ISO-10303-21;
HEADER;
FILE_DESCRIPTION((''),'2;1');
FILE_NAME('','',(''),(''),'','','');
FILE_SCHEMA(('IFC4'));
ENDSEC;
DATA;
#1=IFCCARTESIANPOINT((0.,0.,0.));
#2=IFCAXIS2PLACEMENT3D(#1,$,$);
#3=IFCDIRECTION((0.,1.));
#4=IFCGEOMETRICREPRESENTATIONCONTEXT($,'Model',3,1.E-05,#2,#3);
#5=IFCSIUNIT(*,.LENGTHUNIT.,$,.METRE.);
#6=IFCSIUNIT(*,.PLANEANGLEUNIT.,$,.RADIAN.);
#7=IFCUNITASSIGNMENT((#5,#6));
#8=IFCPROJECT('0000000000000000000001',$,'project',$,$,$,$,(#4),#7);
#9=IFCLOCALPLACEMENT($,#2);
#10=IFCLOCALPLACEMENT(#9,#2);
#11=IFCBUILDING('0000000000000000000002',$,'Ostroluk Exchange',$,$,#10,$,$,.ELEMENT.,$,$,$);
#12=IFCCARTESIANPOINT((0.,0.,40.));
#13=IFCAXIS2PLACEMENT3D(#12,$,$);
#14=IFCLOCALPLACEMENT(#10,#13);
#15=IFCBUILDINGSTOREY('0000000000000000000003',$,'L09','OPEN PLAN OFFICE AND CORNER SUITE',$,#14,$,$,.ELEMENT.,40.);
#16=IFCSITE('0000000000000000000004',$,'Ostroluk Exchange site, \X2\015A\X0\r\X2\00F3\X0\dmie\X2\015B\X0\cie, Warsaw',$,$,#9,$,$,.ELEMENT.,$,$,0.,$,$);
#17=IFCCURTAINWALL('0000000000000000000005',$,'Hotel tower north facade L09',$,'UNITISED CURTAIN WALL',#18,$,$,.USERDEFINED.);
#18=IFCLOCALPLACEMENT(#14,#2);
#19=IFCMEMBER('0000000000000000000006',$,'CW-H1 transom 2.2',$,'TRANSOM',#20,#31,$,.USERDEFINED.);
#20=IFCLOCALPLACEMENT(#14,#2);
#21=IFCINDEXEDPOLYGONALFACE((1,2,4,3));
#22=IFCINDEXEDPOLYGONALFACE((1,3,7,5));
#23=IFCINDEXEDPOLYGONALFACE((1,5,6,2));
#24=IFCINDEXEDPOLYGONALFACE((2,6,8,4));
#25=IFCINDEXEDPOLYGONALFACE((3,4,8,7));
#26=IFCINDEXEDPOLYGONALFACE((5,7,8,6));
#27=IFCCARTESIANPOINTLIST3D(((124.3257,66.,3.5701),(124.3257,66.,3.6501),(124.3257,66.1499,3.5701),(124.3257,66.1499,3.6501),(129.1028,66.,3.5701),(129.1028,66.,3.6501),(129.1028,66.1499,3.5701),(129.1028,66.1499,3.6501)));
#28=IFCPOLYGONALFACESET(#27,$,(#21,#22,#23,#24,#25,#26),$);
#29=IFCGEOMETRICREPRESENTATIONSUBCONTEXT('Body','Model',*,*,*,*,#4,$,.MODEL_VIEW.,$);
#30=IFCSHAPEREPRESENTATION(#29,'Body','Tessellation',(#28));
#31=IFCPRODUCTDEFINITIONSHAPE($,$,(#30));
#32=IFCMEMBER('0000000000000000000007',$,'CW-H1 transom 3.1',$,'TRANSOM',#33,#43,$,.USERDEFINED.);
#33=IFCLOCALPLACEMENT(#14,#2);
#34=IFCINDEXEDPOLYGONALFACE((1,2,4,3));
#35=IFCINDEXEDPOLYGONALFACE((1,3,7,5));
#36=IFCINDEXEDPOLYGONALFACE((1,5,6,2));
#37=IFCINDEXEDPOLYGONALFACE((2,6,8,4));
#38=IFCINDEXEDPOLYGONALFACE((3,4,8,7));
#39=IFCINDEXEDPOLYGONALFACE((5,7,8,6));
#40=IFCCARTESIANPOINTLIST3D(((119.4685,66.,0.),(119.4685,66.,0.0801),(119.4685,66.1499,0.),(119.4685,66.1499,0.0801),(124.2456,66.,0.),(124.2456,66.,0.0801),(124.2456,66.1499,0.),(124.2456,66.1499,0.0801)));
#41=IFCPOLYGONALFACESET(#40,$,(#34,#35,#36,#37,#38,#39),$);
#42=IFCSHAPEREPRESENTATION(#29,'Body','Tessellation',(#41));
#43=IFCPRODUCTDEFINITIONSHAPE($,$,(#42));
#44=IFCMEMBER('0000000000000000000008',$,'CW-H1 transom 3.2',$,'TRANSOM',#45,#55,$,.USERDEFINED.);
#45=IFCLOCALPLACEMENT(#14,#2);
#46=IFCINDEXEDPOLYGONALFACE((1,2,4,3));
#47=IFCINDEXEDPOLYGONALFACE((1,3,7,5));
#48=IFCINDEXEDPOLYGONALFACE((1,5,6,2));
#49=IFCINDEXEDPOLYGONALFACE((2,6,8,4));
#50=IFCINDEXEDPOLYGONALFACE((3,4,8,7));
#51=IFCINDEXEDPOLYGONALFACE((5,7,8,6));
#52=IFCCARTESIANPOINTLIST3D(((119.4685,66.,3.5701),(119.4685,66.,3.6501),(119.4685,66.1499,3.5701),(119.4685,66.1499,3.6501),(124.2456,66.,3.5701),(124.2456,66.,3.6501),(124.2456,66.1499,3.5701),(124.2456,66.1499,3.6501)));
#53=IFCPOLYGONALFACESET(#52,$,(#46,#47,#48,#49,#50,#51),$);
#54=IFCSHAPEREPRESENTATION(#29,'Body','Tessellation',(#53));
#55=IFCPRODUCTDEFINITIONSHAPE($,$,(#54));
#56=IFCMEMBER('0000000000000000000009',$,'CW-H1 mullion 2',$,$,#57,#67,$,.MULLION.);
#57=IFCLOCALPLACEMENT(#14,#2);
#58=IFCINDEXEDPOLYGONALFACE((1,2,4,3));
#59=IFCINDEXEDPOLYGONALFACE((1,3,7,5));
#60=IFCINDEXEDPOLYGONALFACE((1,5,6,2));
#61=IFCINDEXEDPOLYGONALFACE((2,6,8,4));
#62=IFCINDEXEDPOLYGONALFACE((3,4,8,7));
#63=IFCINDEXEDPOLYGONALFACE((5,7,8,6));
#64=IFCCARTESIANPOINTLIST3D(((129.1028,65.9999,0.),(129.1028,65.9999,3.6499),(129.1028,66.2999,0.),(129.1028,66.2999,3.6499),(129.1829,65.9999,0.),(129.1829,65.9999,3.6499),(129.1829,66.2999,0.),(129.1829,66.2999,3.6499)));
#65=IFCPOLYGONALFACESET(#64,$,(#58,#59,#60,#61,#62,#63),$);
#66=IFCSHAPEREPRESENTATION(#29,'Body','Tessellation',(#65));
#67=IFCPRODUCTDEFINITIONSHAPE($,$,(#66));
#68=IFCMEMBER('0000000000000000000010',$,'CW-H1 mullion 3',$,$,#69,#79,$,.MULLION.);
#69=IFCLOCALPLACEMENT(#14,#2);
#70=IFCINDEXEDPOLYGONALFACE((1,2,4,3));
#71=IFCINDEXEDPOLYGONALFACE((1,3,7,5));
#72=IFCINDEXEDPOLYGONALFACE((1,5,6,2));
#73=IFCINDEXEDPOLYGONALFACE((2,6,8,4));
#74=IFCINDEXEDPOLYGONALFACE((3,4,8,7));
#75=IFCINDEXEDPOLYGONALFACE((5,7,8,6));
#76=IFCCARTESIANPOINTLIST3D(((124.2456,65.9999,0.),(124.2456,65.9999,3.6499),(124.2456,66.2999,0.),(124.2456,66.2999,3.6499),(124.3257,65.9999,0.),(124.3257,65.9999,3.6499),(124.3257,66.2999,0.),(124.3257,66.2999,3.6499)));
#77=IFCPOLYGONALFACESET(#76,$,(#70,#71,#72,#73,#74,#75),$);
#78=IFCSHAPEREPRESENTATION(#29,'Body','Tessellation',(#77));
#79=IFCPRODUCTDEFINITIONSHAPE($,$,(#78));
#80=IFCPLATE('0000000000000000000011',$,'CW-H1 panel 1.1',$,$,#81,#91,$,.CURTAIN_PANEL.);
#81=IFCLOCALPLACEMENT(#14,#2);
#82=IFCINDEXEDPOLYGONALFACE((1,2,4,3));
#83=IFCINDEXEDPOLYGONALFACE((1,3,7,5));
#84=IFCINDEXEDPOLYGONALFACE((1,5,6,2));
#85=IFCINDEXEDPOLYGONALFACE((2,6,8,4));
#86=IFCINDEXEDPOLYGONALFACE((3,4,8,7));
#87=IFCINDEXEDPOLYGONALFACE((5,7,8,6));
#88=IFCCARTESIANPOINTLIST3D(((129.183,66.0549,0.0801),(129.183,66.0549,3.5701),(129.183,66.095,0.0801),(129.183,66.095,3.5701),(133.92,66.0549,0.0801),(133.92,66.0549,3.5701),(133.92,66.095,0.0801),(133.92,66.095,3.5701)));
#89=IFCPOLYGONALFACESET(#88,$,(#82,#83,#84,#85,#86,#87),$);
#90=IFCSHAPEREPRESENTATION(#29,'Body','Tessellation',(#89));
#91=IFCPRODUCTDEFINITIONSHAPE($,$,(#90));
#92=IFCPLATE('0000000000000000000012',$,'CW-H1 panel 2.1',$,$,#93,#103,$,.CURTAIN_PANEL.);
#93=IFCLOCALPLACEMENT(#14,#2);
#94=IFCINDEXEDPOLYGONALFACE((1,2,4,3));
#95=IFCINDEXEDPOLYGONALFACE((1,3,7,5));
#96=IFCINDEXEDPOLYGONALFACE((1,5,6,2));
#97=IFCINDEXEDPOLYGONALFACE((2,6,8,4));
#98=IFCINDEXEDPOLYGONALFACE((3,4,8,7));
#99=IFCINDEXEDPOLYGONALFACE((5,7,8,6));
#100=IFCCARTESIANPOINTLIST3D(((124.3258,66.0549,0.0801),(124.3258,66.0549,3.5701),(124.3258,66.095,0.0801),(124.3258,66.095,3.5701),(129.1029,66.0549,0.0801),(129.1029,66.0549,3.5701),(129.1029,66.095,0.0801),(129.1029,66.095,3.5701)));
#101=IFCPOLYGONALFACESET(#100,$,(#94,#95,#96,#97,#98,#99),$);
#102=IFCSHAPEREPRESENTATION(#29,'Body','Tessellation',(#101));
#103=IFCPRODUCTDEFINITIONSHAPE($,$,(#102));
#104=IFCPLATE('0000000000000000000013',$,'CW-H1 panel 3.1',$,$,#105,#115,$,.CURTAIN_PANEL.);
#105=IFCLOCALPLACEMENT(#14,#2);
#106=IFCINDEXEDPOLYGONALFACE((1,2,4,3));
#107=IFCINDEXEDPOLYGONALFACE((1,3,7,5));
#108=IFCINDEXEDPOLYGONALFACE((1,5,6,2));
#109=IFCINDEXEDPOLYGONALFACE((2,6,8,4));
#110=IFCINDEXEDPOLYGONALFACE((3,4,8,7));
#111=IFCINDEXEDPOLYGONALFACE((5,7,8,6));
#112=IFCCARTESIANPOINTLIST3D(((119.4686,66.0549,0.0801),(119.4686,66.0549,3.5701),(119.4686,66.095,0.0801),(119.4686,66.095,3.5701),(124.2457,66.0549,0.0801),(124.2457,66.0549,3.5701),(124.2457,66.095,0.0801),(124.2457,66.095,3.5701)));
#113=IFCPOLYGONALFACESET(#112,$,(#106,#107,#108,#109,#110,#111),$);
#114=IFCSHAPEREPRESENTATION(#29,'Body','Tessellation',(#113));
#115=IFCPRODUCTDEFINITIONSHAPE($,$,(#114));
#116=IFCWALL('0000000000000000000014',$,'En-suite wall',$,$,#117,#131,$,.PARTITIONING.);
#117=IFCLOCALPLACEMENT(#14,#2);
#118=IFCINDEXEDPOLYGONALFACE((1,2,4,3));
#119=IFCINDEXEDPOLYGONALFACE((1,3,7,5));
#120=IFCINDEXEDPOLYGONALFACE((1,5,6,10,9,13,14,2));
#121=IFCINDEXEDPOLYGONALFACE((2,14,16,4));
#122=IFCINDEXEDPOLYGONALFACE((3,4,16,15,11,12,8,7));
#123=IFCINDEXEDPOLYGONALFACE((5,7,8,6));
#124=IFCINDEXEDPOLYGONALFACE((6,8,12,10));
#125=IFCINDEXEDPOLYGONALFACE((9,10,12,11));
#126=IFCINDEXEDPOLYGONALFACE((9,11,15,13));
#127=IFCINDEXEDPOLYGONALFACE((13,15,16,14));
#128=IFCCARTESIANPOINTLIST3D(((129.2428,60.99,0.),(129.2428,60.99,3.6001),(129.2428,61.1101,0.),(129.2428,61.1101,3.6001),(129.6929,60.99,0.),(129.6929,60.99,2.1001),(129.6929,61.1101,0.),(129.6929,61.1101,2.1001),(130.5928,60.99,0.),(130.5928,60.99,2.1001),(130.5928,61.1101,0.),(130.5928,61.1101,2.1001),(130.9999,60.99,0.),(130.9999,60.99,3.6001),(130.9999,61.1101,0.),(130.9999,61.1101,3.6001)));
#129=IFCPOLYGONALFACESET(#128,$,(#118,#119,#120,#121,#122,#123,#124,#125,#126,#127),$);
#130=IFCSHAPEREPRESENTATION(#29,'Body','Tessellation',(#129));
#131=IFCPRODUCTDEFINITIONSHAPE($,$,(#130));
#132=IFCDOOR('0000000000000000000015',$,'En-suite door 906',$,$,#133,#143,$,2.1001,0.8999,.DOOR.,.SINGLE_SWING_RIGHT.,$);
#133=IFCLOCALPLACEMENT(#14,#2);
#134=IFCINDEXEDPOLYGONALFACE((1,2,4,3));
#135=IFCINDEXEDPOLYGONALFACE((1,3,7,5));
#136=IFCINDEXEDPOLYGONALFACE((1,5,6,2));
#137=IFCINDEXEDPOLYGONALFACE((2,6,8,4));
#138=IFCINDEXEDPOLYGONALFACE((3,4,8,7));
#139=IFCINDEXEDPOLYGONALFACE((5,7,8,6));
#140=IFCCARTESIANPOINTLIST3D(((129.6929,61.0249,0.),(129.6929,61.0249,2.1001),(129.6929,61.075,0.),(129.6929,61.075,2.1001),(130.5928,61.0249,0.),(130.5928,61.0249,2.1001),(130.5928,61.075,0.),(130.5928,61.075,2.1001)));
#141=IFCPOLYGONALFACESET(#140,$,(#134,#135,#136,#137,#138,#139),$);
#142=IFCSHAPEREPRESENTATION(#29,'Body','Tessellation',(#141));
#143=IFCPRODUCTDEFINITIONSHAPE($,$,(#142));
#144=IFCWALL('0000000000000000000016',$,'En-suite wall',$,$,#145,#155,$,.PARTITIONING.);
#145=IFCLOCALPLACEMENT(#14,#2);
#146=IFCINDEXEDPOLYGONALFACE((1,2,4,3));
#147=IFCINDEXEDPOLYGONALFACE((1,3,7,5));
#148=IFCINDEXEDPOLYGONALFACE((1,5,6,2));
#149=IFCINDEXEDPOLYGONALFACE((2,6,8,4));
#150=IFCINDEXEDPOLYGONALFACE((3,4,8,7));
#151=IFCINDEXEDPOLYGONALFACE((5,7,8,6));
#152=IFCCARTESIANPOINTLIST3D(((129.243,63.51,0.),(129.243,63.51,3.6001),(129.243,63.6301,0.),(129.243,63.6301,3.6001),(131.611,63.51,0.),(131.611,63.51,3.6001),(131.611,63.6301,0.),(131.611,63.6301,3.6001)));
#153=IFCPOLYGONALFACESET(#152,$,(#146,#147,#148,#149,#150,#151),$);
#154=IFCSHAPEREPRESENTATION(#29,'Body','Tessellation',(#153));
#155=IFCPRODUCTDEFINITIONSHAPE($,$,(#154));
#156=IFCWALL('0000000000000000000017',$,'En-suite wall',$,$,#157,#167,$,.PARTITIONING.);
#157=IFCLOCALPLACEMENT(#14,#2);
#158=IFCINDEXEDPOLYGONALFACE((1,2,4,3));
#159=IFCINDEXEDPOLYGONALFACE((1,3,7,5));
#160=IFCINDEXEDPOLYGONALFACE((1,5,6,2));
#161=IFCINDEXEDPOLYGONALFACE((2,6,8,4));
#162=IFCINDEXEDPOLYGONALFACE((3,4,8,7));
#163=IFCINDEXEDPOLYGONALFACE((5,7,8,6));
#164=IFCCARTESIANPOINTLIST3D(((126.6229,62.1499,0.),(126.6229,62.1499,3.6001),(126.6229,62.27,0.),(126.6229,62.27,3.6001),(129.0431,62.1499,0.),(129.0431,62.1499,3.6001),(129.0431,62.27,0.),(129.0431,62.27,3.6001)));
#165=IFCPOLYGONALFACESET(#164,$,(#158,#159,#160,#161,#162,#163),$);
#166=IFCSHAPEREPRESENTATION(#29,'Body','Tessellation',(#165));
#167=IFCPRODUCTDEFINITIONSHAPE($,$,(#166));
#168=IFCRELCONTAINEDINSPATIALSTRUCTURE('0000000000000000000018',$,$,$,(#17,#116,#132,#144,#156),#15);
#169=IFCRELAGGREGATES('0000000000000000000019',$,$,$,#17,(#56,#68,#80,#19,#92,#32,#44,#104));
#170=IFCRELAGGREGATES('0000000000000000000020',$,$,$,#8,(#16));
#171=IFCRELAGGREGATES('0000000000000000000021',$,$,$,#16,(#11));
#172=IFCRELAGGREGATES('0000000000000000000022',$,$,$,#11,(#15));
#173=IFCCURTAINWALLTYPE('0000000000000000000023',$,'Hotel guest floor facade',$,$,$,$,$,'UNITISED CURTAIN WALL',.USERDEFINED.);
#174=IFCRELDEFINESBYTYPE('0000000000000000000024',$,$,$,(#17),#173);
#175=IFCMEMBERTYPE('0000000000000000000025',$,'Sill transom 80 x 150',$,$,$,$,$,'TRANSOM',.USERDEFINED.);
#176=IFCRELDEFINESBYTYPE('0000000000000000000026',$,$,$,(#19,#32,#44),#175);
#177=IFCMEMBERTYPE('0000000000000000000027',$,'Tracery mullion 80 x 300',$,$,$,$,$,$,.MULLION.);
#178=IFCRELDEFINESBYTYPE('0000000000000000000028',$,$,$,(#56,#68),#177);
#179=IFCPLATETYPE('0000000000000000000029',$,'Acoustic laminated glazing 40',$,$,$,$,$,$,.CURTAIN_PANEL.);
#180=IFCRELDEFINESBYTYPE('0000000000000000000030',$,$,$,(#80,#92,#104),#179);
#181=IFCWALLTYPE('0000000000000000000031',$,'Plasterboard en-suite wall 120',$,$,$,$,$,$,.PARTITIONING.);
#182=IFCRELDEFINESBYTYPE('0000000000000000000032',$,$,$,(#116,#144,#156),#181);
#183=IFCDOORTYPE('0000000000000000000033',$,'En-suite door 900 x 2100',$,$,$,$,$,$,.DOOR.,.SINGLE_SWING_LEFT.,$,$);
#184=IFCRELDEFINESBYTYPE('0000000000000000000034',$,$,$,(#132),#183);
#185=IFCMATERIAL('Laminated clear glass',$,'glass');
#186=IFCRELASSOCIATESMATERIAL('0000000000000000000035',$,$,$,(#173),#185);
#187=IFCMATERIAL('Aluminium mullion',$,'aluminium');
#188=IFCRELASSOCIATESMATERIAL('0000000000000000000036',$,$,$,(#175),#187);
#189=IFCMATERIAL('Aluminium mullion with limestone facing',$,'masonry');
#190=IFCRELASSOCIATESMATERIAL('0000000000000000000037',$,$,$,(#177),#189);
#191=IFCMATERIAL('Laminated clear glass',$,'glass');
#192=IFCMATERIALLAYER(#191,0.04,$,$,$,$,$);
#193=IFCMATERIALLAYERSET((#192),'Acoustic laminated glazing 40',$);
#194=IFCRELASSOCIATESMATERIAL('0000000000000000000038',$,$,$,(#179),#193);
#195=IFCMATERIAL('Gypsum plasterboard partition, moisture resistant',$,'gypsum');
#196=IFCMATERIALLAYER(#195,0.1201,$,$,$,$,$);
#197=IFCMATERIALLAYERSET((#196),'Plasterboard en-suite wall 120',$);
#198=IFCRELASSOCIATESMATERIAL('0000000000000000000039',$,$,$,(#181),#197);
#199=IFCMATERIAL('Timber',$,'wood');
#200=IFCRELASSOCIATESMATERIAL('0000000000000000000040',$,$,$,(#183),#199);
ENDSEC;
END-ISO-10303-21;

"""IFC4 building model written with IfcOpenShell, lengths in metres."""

from ifc_helpers import new_model, si_unit, direction, frame, frame_2d, origin, origin_2d, place, context, subcontext, project, spatial, rectangle, extrude, material, layer, layer_set, material_profile, profile_set, type_object, element, fill, aggregate, save


model = new_model("IFC4")

# Units and contexts
model_context = context("Model", 3, precision=1e-05, world=origin(), true_north=direction((0.0, 1.0)))
body_context = subcontext(model_context, "Body", "Model", "MODEL_VIEW")
ifc_project = project(units=[si_unit("LENGTHUNIT", "METRE"), si_unit("PLANEANGLEUNIT", "RADIAN")], contexts=[model_context])

# Site, building, storey
site_placement = place(None, origin())
site = spatial("IfcSite", under=ifc_project, at=site_placement, Name="Ostroluk Exchange site, Śródmieście, Warsaw", CompositionType="ELEMENT", RefElevation=0.0)
building_placement = place(site_placement, origin())
building = spatial("IfcBuilding", under=site, at=building_placement, Name="Ostroluk Exchange", CompositionType="ELEMENT")
storey_placement = place(building_placement, frame((0.0, 0.0, 40.0)))
storey = spatial("IfcBuildingStorey", under=building, at=storey_placement, Name="L09", Description="OPEN PLAN OFFICE AND CORNER SUITE", CompositionType="ELEMENT", Elevation=40.0)

# Curtain wall, members, plates
ifc_material_1 = material(Name="Laminated clear glass", Category="glass")
curtain_wall_type = type_object("IfcCurtainWallType", Name="Hotel guest floor facade", ElementType="UNITISED CURTAIN WALL", PredefinedType="USERDEFINED", material=ifc_material_1)
curtain_wall_placement = place(storey_placement, origin())
curtain_wall = element("IfcCurtainWall", 1, at=curtain_wall_placement, inside=storey, type_object=curtain_wall_type, Name="Hotel tower north facade L09", ObjectType="UNITISED CURTAIN WALL", PredefinedType="USERDEFINED")
ifc_material_2 = material(Name="Aluminium mullion", Category="aluminium")
ifc_material_profile_1 = material_profile(ifc_material_2, rectangle(XDim=0.1499, YDim=0.0801, at=origin_2d()), Name="Sill transom 80 x 150")
ifc_profile_set_1 = profile_set([ifc_material_profile_1], Name="Aluminium mullion")
member_type_1 = type_object("IfcMemberType", Name="Sill transom 80 x 150", ElementType="TRANSOM", PredefinedType="USERDEFINED", material=ifc_profile_set_1)
member_1_placement = place(storey_placement, frame((129.1028, 66.075, 3.6101), z_axis=(-1.0, 0.0, 0.0), x_axis=(0.0, -1.0, 0.0)))
member_1 = element("IfcMember", 2, at=member_1_placement, type_object=member_type_1, Name="CW-H1 transom 2.2", ObjectType="TRANSOM", PredefinedType="USERDEFINED", context=body_context, shape_type="SweptSolid", body=[
    extrude(rectangle(XDim=0.1499, YDim=0.0801, at=origin_2d()), origin(), (0.0, 0.0, 1.0), 4.7771),
])
member_2_placement = place(storey_placement, frame((124.2456, 66.075, 0.04), z_axis=(-1.0, 0.0, 0.0), x_axis=(0.0, -1.0, 0.0)))
member_2 = element("IfcMember", 3, at=member_2_placement, type_object=member_type_1, Name="CW-H1 transom 3.1", ObjectType="TRANSOM", PredefinedType="USERDEFINED", context=body_context, shape_type="SweptSolid", body=[
    extrude(rectangle(XDim=0.1499, YDim=0.0801, at=origin_2d()), origin(), (0.0, 0.0, 1.0), 4.7771),
])
member_3_placement = place(storey_placement, frame((124.2456, 66.075, 3.6101), z_axis=(-1.0, 0.0, 0.0), x_axis=(0.0, -1.0, 0.0)))
member_3 = element("IfcMember", 4, at=member_3_placement, type_object=member_type_1, Name="CW-H1 transom 3.2", ObjectType="TRANSOM", PredefinedType="USERDEFINED", context=body_context, shape_type="SweptSolid", body=[
    extrude(rectangle(XDim=0.1499, YDim=0.0801, at=origin_2d()), origin(), (0.0, 0.0, 1.0), 4.7771),
])
ifc_material_3 = material(Name="Aluminium mullion with limestone facing", Category="masonry")
ifc_material_profile_2 = material_profile(ifc_material_3, rectangle(XDim=0.3, YDim=0.0801, at=origin_2d()), Name="Tracery mullion 80 x 300")
ifc_profile_set_2 = profile_set([ifc_material_profile_2], Name="Aluminium mullion with limestone facing")
member_type_2 = type_object("IfcMemberType", Name="Tracery mullion 80 x 300", PredefinedType="MULLION", material=ifc_profile_set_2)
member_4_placement = place(storey_placement, frame((129.1428, 66.1499, 0.0), z_axis=(0.0, 0.0, 1.0), x_axis=(0.0, -1.0, 0.0)))
member_4 = element("IfcMember", 5, at=member_4_placement, type_object=member_type_2, Name="CW-H1 mullion 2", PredefinedType="MULLION", context=body_context, shape_type="SweptSolid", body=[
    extrude(rectangle(XDim=0.3, YDim=0.0801, at=origin_2d()), origin(), (0.0, 0.0, 1.0), 3.6499),
])
member_5_placement = place(storey_placement, frame((124.2856, 66.1499, 0.0), z_axis=(0.0, 0.0, 1.0), x_axis=(0.0, -1.0, 0.0)))
member_5 = element("IfcMember", 6, at=member_5_placement, type_object=member_type_2, Name="CW-H1 mullion 3", PredefinedType="MULLION", context=body_context, shape_type="SweptSolid", body=[
    extrude(rectangle(XDim=0.3, YDim=0.0801, at=origin_2d()), origin(), (0.0, 0.0, 1.0), 3.6499),
])
ifc_material_4 = material(Name="Laminated clear glass", Category="glass")
ifc_layer_1 = layer(ifc_material_4, 0.04)
ifc_layer_set_1 = layer_set([ifc_layer_1], Name="Acoustic laminated glazing 40")
plate_type = type_object("IfcPlateType", Name="Acoustic laminated glazing 40", PredefinedType="CURTAIN_PANEL", material=ifc_layer_set_1)
plate_1_placement = place(storey_placement, frame((131.5515, 66.075, 0.0801), z_axis=(0.0, 0.0, 1.0), x_axis=(-1.0, 0.0, 0.0)))
plate_1 = element("IfcPlate", 7, at=plate_1_placement, type_object=plate_type, Name="CW-H1 panel 1.1", PredefinedType="CURTAIN_PANEL", context=body_context, shape_type="SweptSolid", body=[
    extrude(rectangle(XDim=4.7371, YDim=0.04, at=origin_2d()), origin(), (0.0, 0.0, 1.0), 3.49),
])
plate_2_placement = place(storey_placement, frame((126.7144, 66.075, 0.0801), z_axis=(0.0, 0.0, 1.0), x_axis=(-1.0, 0.0, 0.0)))
plate_2 = element("IfcPlate", 8, at=plate_2_placement, type_object=plate_type, Name="CW-H1 panel 2.1", PredefinedType="CURTAIN_PANEL", context=body_context, shape_type="SweptSolid", body=[
    extrude(rectangle(XDim=4.7771, YDim=0.04, at=origin_2d()), origin(), (0.0, 0.0, 1.0), 3.49),
])
plate_3_placement = place(storey_placement, frame((121.8572, 66.075, 0.0801), z_axis=(0.0, 0.0, 1.0), x_axis=(-1.0, 0.0, 0.0)))
plate_3 = element("IfcPlate", 9, at=plate_3_placement, type_object=plate_type, Name="CW-H1 panel 3.1", PredefinedType="CURTAIN_PANEL", context=body_context, shape_type="SweptSolid", body=[
    extrude(rectangle(XDim=4.7771, YDim=0.04, at=origin_2d()), origin(), (0.0, 0.0, 1.0), 3.49),
])
aggregate(curtain_wall, [member_4, member_5, plate_1, member_1, plate_2, member_2, member_3, plate_3])

# Wall, opening, door
ifc_material_5 = material(Name="Gypsum plasterboard partition, moisture resistant", Category="gypsum")
ifc_layer_2 = layer(ifc_material_5, 0.1201)
ifc_layer_set_2 = layer_set([ifc_layer_2], Name="Plasterboard en-suite wall 120")
wall_type_1 = type_object("IfcWallType", Name="Plasterboard en-suite wall 120", PredefinedType="PARTITIONING", material=ifc_layer_set_2)
wall_1_placement = place(storey_placement, frame((129.2429, 61.05, 0.0), z_axis=(0.0, 0.0, 1.0), x_axis=(1.0, 0.0, 0.0)))
wall_1 = element("IfcWall", 10, at=wall_1_placement, inside=storey, type_object=wall_type_1, Name="En-suite wall", PredefinedType="PARTITIONING", context=body_context, shape_type="SweptSolid", body=[
    extrude(rectangle(XDim=1.7571, YDim=0.1201, at=frame_2d((0.8784, 0.0))), origin(), (0.0, 0.0, 1.0), 3.6001),
])
opening_1_placement = place(wall_1_placement, frame((0.45, 0.0, 0.0)))
opening_1 = element("IfcOpeningElement", 11, at=opening_1_placement, cuts=wall_1, PredefinedType="OPENING", context=body_context, shape_type="SweptSolid", body=[
    extrude(rectangle(XDim=0.8999, YDim=2.1001, at=frame_2d((0.45, 1.05))), frame((0.0, 0.0701, 0.0), z_axis=(0.0, -1.0, 0.0), x_axis=(1.0, 0.0, 0.0)), (0.0, 0.0, 1.0), 0.1401),
])
ifc_material_6 = material(Name="Timber", Category="wood")
door_type_1 = type_object("IfcDoorType", Name="En-suite door 900 x 2100", OperationType="SINGLE_SWING_LEFT", PredefinedType="DOOR", material=ifc_material_6)
door_1_placement = place(opening_1_placement, origin())
door_1 = element("IfcDoor", 12, at=door_1_placement, inside=storey, type_object=door_type_1, Name="En-suite door 906", OperationType="SINGLE_SWING_RIGHT", OverallHeight=2.1001, OverallWidth=0.8999, PredefinedType="DOOR", context=body_context, shape_type="SweptSolid", body=[
    extrude(rectangle(XDim=0.8999, YDim=2.1001, at=frame_2d((0.45, 1.05))), frame((0.0, 0.0249, 0.0), z_axis=(0.0, -1.0, 0.0), x_axis=(1.0, 0.0, 0.0)), (0.0, 0.0, 1.0), 0.05),
])
fill(opening_1, door_1)

# Walls
wall_2_placement = place(storey_placement, frame((129.2429, 63.5701, 0.0), z_axis=(0.0, 0.0, 1.0), x_axis=(1.0, 0.0, 0.0)))
element("IfcWall", 13, at=wall_2_placement, inside=storey, type_object=wall_type_1, Name="En-suite wall", PredefinedType="PARTITIONING", context=body_context, shape_type="SweptSolid", body=[
    extrude(rectangle(XDim=2.3679, YDim=0.1201, at=frame_2d((1.1841, 0.0))), origin(), (0.0, 0.0, 1.0), 3.6001),
])
wall_3_placement = place(storey_placement, frame((129.043, 62.21, 0.0), z_axis=(0.0, 0.0, 1.0), x_axis=(-1.0, 0.0, 0.0)))
element("IfcWall", 14, at=wall_3_placement, inside=storey, type_object=wall_type_1, Name="En-suite wall", PredefinedType="PARTITIONING", context=body_context, shape_type="SweptSolid", body=[
    extrude(rectangle(XDim=2.4202, YDim=0.1201, at=frame_2d((1.21, 0.0))), origin(), (0.0, 0.0, 1.0), 3.6001),
])

save(model, "model.ifc")
